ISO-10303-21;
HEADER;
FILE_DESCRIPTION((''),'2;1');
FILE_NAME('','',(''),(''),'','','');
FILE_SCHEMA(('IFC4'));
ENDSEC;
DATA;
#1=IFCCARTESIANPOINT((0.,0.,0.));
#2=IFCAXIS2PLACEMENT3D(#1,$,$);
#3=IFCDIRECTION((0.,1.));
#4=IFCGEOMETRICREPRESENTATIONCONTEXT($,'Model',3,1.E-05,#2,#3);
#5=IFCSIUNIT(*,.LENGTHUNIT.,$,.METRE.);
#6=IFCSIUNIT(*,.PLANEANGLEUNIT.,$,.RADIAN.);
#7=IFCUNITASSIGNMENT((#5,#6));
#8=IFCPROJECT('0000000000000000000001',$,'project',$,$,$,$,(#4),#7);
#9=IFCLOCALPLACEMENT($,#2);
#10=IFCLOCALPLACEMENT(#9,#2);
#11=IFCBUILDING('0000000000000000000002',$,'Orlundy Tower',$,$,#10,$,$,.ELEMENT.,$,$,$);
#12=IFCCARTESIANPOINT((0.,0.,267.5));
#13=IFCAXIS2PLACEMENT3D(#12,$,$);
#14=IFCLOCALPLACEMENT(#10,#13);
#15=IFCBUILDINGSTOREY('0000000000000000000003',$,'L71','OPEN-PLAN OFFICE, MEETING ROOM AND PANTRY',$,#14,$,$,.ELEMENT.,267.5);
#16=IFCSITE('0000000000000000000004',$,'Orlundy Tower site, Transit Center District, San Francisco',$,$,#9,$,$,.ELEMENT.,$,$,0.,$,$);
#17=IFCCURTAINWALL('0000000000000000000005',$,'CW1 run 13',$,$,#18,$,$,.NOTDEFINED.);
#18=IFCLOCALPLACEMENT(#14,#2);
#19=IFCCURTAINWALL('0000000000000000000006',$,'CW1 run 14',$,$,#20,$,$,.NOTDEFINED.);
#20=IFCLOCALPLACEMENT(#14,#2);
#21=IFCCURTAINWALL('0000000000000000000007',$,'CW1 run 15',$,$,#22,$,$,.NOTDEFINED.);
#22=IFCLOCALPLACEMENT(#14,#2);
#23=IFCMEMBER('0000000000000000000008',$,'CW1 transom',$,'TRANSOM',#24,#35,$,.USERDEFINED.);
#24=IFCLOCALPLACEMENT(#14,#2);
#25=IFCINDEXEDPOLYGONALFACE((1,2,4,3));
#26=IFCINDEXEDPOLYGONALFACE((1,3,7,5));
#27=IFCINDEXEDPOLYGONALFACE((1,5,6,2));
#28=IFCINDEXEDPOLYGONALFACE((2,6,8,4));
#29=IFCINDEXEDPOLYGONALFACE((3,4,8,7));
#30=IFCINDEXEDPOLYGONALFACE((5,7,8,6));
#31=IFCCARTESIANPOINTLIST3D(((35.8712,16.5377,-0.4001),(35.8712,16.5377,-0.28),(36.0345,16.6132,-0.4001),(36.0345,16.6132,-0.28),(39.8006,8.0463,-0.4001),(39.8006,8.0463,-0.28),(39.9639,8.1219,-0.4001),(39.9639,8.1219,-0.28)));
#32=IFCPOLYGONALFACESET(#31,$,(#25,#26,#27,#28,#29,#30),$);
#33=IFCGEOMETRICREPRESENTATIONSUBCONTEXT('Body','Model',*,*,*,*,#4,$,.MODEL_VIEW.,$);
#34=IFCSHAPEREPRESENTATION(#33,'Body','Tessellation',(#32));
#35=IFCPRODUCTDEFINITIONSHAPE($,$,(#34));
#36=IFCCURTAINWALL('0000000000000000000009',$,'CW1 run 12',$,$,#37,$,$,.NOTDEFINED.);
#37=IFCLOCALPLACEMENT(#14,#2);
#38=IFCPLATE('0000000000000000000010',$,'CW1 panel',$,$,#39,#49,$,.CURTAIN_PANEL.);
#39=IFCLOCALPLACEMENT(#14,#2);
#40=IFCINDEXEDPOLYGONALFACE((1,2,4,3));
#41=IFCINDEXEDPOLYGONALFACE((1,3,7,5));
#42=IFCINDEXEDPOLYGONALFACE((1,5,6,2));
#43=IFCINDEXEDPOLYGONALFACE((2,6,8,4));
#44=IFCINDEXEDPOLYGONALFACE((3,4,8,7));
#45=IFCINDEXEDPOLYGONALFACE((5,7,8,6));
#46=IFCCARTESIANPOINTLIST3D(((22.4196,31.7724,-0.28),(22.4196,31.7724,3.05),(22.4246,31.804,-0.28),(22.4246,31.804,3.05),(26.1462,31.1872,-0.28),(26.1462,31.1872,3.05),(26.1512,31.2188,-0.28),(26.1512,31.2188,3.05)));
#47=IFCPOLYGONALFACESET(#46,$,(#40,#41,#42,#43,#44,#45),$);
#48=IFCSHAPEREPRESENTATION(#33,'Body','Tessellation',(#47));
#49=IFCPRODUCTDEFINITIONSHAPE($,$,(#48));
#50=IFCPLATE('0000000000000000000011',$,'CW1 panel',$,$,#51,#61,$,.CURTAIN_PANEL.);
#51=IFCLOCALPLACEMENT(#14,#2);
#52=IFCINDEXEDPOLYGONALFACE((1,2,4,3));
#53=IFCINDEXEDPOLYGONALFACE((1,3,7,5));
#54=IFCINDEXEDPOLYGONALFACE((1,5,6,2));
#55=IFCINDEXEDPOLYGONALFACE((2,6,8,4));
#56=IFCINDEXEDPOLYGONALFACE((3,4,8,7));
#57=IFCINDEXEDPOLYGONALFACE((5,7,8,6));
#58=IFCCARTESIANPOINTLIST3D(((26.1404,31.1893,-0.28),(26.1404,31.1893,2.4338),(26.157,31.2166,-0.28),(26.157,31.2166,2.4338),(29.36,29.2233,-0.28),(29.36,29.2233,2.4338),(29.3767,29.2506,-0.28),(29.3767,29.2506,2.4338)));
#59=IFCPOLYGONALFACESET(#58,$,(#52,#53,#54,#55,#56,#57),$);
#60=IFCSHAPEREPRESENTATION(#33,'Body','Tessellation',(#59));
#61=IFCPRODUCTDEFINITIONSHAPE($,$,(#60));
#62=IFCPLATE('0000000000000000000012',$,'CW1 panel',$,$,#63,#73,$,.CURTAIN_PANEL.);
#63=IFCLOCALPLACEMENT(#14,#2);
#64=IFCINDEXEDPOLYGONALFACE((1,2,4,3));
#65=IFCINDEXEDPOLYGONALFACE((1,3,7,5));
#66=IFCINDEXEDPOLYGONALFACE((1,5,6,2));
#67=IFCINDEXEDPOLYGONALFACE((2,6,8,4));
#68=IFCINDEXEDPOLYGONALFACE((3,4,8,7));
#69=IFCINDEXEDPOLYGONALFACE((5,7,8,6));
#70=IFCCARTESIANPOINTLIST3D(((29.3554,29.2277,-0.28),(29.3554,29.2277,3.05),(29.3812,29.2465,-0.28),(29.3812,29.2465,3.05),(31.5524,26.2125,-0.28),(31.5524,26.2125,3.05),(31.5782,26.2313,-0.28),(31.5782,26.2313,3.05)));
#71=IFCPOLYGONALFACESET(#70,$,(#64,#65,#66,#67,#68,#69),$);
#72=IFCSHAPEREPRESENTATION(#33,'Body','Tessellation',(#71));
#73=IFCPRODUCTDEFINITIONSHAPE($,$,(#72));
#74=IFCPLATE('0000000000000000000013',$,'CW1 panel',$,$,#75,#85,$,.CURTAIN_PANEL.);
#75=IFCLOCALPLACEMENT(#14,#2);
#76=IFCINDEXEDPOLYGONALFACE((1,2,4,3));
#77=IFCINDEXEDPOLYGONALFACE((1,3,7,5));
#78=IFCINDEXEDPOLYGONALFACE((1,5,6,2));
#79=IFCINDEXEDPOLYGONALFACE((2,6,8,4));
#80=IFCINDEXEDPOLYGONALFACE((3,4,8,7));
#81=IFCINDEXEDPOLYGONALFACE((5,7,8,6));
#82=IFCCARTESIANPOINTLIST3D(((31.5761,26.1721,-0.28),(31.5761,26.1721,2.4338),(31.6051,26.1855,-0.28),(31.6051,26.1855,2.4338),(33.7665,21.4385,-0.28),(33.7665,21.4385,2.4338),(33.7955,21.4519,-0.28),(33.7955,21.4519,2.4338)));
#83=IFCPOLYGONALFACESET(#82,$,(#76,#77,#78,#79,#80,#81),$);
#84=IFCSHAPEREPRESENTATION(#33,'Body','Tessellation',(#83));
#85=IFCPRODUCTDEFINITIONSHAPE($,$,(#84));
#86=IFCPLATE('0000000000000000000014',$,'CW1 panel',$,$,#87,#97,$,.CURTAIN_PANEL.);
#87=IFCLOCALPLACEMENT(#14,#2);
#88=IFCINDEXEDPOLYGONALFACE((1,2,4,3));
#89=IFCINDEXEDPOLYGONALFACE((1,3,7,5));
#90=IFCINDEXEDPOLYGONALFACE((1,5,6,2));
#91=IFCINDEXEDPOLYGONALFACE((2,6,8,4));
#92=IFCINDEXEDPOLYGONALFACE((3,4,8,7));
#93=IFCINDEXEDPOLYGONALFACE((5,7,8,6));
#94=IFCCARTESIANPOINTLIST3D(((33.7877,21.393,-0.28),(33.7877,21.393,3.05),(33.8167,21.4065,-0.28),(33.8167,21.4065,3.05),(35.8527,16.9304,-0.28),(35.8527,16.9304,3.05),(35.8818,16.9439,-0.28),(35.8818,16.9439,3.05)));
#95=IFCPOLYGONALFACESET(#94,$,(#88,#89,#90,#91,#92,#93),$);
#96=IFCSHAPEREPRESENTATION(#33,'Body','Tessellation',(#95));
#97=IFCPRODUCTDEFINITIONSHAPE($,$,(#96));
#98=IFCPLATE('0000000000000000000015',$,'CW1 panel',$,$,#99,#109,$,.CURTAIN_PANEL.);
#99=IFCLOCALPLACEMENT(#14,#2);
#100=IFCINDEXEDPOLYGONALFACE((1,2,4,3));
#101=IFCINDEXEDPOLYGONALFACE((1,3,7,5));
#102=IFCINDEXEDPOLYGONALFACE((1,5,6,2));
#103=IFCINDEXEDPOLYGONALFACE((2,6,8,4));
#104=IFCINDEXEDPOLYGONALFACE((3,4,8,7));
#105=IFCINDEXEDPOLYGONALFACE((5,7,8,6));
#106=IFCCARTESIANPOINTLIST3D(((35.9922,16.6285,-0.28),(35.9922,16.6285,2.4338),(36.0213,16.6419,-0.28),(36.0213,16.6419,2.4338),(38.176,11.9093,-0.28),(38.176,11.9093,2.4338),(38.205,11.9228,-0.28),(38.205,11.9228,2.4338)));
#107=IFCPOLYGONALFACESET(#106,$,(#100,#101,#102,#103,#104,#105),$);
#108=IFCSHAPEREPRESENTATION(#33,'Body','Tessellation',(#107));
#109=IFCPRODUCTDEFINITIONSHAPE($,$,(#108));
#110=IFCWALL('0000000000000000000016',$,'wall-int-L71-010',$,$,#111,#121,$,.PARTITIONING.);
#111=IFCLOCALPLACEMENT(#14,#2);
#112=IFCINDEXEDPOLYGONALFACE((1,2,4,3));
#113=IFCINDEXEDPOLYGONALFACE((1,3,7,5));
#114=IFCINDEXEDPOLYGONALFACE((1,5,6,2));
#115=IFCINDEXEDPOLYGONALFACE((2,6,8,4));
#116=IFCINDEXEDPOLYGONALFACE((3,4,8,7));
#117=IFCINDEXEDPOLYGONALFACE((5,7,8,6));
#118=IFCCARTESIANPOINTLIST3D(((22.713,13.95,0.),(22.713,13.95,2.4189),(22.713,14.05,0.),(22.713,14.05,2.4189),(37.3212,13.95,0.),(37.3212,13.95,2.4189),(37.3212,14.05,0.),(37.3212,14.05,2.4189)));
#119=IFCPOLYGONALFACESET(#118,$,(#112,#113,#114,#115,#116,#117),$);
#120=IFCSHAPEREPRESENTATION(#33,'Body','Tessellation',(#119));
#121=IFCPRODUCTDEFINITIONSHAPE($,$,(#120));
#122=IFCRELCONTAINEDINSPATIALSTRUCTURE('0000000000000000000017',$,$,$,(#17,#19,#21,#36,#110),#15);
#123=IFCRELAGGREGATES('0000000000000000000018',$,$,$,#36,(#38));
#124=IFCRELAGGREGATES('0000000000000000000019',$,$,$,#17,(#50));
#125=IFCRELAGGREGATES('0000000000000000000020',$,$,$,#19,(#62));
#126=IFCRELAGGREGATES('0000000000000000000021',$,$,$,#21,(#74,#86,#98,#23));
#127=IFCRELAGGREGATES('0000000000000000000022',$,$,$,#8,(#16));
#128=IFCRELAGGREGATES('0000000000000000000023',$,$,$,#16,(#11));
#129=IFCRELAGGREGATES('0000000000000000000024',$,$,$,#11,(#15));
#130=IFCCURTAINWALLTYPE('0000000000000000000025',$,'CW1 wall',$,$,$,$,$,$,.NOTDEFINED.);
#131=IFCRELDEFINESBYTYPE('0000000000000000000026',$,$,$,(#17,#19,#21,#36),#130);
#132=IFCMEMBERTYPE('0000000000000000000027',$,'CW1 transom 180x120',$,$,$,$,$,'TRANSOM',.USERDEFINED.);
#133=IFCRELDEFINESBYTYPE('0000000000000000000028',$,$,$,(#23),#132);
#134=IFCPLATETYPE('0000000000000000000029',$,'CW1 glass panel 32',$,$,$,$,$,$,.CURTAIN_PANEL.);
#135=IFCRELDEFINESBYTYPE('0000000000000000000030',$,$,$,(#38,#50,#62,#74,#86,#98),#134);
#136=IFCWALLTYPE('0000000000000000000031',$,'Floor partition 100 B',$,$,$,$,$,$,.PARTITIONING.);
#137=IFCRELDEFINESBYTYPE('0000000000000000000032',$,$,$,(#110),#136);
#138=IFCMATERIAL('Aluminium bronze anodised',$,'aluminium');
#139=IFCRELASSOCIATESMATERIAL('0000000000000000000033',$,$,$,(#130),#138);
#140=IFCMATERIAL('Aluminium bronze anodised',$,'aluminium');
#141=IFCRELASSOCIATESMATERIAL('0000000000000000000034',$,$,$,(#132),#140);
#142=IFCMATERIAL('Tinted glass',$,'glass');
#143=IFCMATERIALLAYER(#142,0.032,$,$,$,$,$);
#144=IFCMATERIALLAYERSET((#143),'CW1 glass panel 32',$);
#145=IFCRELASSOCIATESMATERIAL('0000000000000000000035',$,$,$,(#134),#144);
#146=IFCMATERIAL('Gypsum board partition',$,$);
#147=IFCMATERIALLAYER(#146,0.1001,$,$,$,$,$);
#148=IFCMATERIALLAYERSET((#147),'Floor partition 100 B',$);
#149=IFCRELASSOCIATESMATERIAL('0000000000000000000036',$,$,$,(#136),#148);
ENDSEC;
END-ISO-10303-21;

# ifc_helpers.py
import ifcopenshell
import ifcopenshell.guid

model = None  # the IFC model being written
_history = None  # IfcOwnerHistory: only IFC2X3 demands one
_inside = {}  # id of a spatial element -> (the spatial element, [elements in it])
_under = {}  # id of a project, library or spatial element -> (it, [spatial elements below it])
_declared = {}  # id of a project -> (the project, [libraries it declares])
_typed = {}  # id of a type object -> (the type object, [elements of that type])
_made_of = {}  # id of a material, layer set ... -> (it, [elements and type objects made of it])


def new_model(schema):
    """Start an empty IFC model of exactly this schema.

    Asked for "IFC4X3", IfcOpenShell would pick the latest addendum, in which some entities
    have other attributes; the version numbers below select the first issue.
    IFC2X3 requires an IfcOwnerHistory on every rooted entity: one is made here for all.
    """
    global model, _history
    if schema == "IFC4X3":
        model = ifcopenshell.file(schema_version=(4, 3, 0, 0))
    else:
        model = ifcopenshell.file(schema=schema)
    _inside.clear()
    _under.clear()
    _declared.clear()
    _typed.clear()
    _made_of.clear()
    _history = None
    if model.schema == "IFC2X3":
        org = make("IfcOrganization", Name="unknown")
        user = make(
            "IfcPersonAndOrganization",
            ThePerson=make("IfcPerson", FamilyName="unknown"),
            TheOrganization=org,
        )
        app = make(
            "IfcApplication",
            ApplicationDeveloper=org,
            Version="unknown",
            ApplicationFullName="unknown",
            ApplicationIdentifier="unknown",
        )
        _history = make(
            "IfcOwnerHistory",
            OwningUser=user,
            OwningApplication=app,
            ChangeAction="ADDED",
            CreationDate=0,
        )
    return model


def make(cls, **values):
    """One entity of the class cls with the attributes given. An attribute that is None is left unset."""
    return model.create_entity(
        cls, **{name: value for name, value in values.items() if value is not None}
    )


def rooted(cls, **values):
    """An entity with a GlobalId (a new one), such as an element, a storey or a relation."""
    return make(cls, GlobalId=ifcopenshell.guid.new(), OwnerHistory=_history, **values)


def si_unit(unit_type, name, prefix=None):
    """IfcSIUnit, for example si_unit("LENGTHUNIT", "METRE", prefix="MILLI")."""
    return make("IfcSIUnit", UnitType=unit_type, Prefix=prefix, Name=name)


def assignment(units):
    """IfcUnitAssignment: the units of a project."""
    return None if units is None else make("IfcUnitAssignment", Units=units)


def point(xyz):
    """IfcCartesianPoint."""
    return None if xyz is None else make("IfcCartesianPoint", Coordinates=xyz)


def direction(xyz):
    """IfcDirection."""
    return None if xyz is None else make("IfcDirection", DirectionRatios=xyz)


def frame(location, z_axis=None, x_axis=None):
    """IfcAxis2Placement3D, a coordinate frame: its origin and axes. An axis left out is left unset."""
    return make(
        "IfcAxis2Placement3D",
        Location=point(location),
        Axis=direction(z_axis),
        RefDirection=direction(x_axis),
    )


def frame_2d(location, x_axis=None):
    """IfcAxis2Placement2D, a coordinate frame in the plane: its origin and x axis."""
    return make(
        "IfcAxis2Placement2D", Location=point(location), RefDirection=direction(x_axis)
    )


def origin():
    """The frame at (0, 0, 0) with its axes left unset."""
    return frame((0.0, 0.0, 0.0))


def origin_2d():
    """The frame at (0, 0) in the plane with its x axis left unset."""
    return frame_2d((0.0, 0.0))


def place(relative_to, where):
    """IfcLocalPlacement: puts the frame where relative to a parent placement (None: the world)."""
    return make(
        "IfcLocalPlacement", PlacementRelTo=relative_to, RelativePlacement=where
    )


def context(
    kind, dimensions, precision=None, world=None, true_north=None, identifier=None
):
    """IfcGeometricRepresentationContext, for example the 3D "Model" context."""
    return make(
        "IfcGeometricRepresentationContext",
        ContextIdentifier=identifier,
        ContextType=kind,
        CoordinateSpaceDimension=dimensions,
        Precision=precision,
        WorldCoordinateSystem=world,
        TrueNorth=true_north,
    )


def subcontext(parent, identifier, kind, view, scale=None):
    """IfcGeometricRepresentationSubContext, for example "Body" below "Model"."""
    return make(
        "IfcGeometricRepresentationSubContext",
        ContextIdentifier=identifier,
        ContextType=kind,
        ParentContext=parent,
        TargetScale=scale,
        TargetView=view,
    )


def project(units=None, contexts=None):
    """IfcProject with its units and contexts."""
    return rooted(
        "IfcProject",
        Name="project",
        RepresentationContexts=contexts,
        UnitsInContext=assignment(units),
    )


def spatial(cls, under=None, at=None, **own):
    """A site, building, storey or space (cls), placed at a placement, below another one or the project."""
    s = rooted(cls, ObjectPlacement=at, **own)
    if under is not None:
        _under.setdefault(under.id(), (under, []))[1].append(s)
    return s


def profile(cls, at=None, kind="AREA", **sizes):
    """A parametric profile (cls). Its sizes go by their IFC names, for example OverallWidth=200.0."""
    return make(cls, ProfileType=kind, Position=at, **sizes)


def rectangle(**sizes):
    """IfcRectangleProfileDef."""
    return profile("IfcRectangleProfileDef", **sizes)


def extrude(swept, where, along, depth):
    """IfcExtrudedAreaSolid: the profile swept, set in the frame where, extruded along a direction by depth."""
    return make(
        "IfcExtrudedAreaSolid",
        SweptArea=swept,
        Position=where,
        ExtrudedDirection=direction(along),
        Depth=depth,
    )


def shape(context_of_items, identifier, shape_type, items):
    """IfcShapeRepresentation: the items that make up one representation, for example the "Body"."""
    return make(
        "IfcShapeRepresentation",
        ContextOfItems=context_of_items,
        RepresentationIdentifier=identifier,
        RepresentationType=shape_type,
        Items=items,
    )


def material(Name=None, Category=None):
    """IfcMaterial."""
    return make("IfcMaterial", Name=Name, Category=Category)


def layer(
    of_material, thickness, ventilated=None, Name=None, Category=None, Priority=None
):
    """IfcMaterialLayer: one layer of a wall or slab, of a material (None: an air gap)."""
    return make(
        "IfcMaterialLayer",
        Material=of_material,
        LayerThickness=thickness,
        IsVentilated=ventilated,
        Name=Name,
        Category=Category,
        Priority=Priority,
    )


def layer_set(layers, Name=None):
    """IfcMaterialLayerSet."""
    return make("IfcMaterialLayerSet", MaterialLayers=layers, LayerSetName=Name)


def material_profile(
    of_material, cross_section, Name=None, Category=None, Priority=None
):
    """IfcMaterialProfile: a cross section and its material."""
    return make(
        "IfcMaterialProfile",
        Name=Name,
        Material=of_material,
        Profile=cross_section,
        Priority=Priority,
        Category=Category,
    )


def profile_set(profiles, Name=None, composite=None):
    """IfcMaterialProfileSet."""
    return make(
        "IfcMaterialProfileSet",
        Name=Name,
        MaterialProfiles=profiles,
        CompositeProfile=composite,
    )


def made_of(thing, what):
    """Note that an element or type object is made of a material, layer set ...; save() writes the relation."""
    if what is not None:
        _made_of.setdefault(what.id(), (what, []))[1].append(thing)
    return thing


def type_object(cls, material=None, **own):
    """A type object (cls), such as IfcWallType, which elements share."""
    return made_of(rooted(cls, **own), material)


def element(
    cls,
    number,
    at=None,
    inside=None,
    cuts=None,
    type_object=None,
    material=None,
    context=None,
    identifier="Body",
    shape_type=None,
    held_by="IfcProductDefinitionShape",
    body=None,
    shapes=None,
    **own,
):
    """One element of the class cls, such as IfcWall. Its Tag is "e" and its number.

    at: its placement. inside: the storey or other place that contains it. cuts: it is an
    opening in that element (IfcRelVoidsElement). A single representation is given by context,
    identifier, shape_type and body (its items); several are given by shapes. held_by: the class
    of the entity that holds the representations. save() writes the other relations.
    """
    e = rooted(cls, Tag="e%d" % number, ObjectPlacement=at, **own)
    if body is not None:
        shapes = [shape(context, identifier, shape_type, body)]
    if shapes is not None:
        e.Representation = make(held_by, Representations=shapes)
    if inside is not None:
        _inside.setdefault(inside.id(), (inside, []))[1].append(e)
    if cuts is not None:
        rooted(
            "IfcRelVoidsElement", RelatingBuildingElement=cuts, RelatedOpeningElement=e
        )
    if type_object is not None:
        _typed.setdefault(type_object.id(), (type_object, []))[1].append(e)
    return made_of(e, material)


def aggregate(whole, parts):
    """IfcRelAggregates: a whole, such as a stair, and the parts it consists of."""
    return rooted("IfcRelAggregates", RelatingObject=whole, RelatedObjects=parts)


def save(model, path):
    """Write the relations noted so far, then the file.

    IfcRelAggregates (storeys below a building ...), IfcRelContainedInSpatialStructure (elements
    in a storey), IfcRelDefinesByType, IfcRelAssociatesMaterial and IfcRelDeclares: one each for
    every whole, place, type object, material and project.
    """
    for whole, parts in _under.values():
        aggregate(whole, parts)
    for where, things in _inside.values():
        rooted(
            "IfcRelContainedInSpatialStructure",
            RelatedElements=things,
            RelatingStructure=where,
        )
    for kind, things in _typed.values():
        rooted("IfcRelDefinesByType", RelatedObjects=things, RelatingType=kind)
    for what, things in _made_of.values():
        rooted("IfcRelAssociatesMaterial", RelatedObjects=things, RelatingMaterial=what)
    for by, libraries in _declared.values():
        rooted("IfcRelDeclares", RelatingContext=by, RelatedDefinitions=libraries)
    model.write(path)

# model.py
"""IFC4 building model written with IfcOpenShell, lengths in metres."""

from ifc_helpers import new_model, si_unit, direction, frame, frame_2d, origin, origin_2d, place, context, subcontext, project, spatial, rectangle, extrude, material, layer, layer_set, material_profile, profile_set, type_object, element, aggregate, save


model = new_model("IFC4")

# Units and contexts
model_context = context("Model", 3, precision=1e-05, world=origin(), true_north=direction((0.0, 1.0)))
body_context = subcontext(model_context, "Body", "Model", "MODEL_VIEW")
ifc_project = project(units=[si_unit("LENGTHUNIT", "METRE"), si_unit("PLANEANGLEUNIT", "RADIAN")], contexts=[model_context])

# Site, building, storey
site_placement = place(None, origin())
site = spatial("IfcSite", under=ifc_project, at=site_placement, Name="Orlundy Tower site, Transit Center District, San Francisco", CompositionType="ELEMENT", RefElevation=0.0)
building_placement = place(site_placement, origin())
building = spatial("IfcBuilding", under=site, at=building_placement, Name="Orlundy Tower", CompositionType="ELEMENT")
storey_placement = place(building_placement, frame((0.0, 0.0, 267.5)))
storey = spatial("IfcBuildingStorey", under=building, at=storey_placement, Name="L71", Description="OPEN-PLAN OFFICE, MEETING ROOM AND PANTRY", CompositionType="ELEMENT", Elevation=267.5)

# Curtain walls
ifc_material_1 = material(Name="Aluminium bronze anodised", Category="aluminium")
curtain_wall_type = type_object("IfcCurtainWallType", Name="CW1 wall", PredefinedType="NOTDEFINED", material=ifc_material_1)
curtain_wall_1_placement = place(storey_placement, origin())
curtain_wall_1 = element("IfcCurtainWall", 1, at=curtain_wall_1_placement, inside=storey, type_object=curtain_wall_type, Name="CW1 run 13", PredefinedType="NOTDEFINED")
curtain_wall_2_placement = place(storey_placement, origin())
curtain_wall_2 = element("IfcCurtainWall", 2, at=curtain_wall_2_placement, inside=storey, type_object=curtain_wall_type, Name="CW1 run 14", PredefinedType="NOTDEFINED")

# Curtain wall
curtain_wall_3_placement = place(storey_placement, origin())
curtain_wall_3 = element("IfcCurtainWall", 3, at=curtain_wall_3_placement, inside=storey, type_object=curtain_wall_type, Name="CW1 run 15", PredefinedType="NOTDEFINED")

# Member
ifc_material_2 = material(Name="Aluminium bronze anodised", Category="aluminium")
ifc_material_profile_1 = material_profile(ifc_material_2, rectangle(XDim=0.1799, YDim=0.1201, at=origin_2d()), Name="CW1 transom 180x120")
ifc_profile_set_1 = profile_set([ifc_material_profile_1], Name="Aluminium bronze anodised")
member_type_1 = type_object("IfcMemberType", Name="CW1 transom 180x120", ElementType="TRANSOM", PredefinedType="USERDEFINED", material=ifc_profile_set_1)
member_1_placement = place(storey_placement, frame((35.9529, 16.5754, -0.3401), z_axis=(0.419966, -0.90754, 0.0), x_axis=(0.90754, 0.419966, 0.0)))
member_1 = element("IfcMember", 4, at=member_1_placement, type_object=member_type_1, Name="CW1 transom", ObjectType="TRANSOM", PredefinedType="USERDEFINED", context=body_context, shape_type="SweptSolid", body=[
    extrude(rectangle(XDim=0.1799, YDim=0.1201, at=origin_2d()), origin(), (0.0, 0.0, 1.0), 9.3564),
])

# Curtain wall, plate
curtain_wall_4_placement = place(storey_placement, origin())
curtain_wall_4 = element("IfcCurtainWall", 5, at=curtain_wall_4_placement, inside=storey, type_object=curtain_wall_type, Name="CW1 run 12", PredefinedType="NOTDEFINED")
ifc_material_3 = material(Name="Tinted glass", Category="glass")
ifc_layer_1 = layer(ifc_material_3, 0.032)
ifc_layer_set_1 = layer_set([ifc_layer_1], Name="CW1 glass panel 32")
plate_type = type_object("IfcPlateType", Name="CW1 glass panel 32", PredefinedType="CURTAIN_PANEL", material=ifc_layer_set_1)
plate_1_placement = place(storey_placement, frame((24.2854, 31.4956, -0.28), z_axis=(0.0, 0.0, 1.0), x_axis=(0.987896, -0.155117, 0.0)))
plate_1 = element("IfcPlate", 6, at=plate_1_placement, type_object=plate_type, Name="CW1 panel", PredefinedType="CURTAIN_PANEL", context=body_context, shape_type="SweptSolid", body=[
    extrude(rectangle(XDim=3.7722, YDim=0.032, at=origin_2d()), origin(), (0.0, 0.0, 1.0), 3.3301),
])
aggregate(curtain_wall_4, [plate_1])

# Plates
plate_2_placement = place(storey_placement, frame((27.7585, 30.22, -0.28), z_axis=(0.0, 0.0, 1.0), x_axis=(0.853468, -0.521144, 0.0)))
plate_2 = element("IfcPlate", 7, at=plate_2_placement, type_object=plate_type, Name="CW1 panel", PredefinedType="CURTAIN_PANEL", context=body_context, shape_type="SweptSolid", body=[
    extrude(rectangle(XDim=3.7725, YDim=0.032, at=origin_2d()), origin(), (0.0, 0.0, 1.0), 2.7139),
])
aggregate(curtain_wall_1, [plate_2])
plate_3_placement = place(storey_placement, frame((30.4668, 27.7295, -0.28), z_axis=(0.0, 0.0, 1.0), x_axis=(0.588893, -0.808211, 0.0)))
plate_3 = element("IfcPlate", 8, at=plate_3_placement, type_object=plate_type, Name="CW1 panel", PredefinedType="CURTAIN_PANEL", context=body_context, shape_type="SweptSolid", body=[
    extrude(rectangle(XDim=3.7307, YDim=0.032, at=origin_2d()), origin(), (0.0, 0.0, 1.0), 3.3301),
])
aggregate(curtain_wall_2, [plate_3])
plate_4_placement = place(storey_placement, frame((32.6858, 23.812, -0.28), z_axis=(0.0, 0.0, 1.0), x_axis=(0.419961, -0.907542, 0.0)))
plate_4 = element("IfcPlate", 9, at=plate_4_placement, type_object=plate_type, Name="CW1 panel", PredefinedType="CURTAIN_PANEL", context=body_context, shape_type="SweptSolid", body=[
    extrude(rectangle(XDim=5.2158, YDim=0.032, at=origin_2d()), origin(), (0.0, 0.0, 1.0), 2.7139),
])
plate_5_placement = place(storey_placement, frame((34.8347, 19.1685, -0.28), z_axis=(0.0, 0.0, 1.0), x_axis=(0.419961, -0.907542, 0.0)))
plate_5 = element("IfcPlate", 10, at=plate_5_placement, type_object=plate_type, Name="CW1 panel", PredefinedType="CURTAIN_PANEL", context=body_context, shape_type="SweptSolid", body=[
    extrude(rectangle(XDim=4.9172, YDim=0.032, at=origin_2d()), origin(), (0.0, 0.0, 1.0), 3.3301),
])
plate_6_placement = place(storey_placement, frame((37.0986, 14.2756, -0.28), z_axis=(0.0, 0.0, 1.0), x_axis=(0.419961, -0.907542, 0.0)))
plate_6 = element("IfcPlate", 11, at=plate_6_placement, type_object=plate_type, Name="CW1 panel", PredefinedType="CURTAIN_PANEL", context=body_context, shape_type="SweptSolid", body=[
    extrude(rectangle(XDim=5.2, YDim=0.032, at=origin_2d()), origin(), (0.0, 0.0, 1.0), 2.7139),
])
aggregate(curtain_wall_3, [plate_4, plate_5, plate_6, member_1])

# Wall
ifc_material_4 = material(Name="Gypsum board partition")
ifc_layer_2 = layer(ifc_material_4, 0.1001)
ifc_layer_set_2 = layer_set([ifc_layer_2], Name="Floor partition 100 B")
wall_type = type_object("IfcWallType", Name="Floor partition 100 B", PredefinedType="PARTITIONING", material=ifc_layer_set_2)
wall_placement = place(storey_placement, frame((22.7129, 14.0, 0.0), z_axis=(0.0, 0.0, 1.0), x_axis=(1.0, 0.0, 0.0)))
element("IfcWall", 12, at=wall_placement, inside=storey, type_object=wall_type, Name="wall-int-L71-010", PredefinedType="PARTITIONING", context=body_context, shape_type="SweptSolid", body=[
    extrude(rectangle(XDim=14.6082, YDim=0.1001, at=frame_2d((7.3042, 0.0))), origin(), (0.0, 0.0, 1.0), 2.4189),
])

save(model, "model.ifc")
